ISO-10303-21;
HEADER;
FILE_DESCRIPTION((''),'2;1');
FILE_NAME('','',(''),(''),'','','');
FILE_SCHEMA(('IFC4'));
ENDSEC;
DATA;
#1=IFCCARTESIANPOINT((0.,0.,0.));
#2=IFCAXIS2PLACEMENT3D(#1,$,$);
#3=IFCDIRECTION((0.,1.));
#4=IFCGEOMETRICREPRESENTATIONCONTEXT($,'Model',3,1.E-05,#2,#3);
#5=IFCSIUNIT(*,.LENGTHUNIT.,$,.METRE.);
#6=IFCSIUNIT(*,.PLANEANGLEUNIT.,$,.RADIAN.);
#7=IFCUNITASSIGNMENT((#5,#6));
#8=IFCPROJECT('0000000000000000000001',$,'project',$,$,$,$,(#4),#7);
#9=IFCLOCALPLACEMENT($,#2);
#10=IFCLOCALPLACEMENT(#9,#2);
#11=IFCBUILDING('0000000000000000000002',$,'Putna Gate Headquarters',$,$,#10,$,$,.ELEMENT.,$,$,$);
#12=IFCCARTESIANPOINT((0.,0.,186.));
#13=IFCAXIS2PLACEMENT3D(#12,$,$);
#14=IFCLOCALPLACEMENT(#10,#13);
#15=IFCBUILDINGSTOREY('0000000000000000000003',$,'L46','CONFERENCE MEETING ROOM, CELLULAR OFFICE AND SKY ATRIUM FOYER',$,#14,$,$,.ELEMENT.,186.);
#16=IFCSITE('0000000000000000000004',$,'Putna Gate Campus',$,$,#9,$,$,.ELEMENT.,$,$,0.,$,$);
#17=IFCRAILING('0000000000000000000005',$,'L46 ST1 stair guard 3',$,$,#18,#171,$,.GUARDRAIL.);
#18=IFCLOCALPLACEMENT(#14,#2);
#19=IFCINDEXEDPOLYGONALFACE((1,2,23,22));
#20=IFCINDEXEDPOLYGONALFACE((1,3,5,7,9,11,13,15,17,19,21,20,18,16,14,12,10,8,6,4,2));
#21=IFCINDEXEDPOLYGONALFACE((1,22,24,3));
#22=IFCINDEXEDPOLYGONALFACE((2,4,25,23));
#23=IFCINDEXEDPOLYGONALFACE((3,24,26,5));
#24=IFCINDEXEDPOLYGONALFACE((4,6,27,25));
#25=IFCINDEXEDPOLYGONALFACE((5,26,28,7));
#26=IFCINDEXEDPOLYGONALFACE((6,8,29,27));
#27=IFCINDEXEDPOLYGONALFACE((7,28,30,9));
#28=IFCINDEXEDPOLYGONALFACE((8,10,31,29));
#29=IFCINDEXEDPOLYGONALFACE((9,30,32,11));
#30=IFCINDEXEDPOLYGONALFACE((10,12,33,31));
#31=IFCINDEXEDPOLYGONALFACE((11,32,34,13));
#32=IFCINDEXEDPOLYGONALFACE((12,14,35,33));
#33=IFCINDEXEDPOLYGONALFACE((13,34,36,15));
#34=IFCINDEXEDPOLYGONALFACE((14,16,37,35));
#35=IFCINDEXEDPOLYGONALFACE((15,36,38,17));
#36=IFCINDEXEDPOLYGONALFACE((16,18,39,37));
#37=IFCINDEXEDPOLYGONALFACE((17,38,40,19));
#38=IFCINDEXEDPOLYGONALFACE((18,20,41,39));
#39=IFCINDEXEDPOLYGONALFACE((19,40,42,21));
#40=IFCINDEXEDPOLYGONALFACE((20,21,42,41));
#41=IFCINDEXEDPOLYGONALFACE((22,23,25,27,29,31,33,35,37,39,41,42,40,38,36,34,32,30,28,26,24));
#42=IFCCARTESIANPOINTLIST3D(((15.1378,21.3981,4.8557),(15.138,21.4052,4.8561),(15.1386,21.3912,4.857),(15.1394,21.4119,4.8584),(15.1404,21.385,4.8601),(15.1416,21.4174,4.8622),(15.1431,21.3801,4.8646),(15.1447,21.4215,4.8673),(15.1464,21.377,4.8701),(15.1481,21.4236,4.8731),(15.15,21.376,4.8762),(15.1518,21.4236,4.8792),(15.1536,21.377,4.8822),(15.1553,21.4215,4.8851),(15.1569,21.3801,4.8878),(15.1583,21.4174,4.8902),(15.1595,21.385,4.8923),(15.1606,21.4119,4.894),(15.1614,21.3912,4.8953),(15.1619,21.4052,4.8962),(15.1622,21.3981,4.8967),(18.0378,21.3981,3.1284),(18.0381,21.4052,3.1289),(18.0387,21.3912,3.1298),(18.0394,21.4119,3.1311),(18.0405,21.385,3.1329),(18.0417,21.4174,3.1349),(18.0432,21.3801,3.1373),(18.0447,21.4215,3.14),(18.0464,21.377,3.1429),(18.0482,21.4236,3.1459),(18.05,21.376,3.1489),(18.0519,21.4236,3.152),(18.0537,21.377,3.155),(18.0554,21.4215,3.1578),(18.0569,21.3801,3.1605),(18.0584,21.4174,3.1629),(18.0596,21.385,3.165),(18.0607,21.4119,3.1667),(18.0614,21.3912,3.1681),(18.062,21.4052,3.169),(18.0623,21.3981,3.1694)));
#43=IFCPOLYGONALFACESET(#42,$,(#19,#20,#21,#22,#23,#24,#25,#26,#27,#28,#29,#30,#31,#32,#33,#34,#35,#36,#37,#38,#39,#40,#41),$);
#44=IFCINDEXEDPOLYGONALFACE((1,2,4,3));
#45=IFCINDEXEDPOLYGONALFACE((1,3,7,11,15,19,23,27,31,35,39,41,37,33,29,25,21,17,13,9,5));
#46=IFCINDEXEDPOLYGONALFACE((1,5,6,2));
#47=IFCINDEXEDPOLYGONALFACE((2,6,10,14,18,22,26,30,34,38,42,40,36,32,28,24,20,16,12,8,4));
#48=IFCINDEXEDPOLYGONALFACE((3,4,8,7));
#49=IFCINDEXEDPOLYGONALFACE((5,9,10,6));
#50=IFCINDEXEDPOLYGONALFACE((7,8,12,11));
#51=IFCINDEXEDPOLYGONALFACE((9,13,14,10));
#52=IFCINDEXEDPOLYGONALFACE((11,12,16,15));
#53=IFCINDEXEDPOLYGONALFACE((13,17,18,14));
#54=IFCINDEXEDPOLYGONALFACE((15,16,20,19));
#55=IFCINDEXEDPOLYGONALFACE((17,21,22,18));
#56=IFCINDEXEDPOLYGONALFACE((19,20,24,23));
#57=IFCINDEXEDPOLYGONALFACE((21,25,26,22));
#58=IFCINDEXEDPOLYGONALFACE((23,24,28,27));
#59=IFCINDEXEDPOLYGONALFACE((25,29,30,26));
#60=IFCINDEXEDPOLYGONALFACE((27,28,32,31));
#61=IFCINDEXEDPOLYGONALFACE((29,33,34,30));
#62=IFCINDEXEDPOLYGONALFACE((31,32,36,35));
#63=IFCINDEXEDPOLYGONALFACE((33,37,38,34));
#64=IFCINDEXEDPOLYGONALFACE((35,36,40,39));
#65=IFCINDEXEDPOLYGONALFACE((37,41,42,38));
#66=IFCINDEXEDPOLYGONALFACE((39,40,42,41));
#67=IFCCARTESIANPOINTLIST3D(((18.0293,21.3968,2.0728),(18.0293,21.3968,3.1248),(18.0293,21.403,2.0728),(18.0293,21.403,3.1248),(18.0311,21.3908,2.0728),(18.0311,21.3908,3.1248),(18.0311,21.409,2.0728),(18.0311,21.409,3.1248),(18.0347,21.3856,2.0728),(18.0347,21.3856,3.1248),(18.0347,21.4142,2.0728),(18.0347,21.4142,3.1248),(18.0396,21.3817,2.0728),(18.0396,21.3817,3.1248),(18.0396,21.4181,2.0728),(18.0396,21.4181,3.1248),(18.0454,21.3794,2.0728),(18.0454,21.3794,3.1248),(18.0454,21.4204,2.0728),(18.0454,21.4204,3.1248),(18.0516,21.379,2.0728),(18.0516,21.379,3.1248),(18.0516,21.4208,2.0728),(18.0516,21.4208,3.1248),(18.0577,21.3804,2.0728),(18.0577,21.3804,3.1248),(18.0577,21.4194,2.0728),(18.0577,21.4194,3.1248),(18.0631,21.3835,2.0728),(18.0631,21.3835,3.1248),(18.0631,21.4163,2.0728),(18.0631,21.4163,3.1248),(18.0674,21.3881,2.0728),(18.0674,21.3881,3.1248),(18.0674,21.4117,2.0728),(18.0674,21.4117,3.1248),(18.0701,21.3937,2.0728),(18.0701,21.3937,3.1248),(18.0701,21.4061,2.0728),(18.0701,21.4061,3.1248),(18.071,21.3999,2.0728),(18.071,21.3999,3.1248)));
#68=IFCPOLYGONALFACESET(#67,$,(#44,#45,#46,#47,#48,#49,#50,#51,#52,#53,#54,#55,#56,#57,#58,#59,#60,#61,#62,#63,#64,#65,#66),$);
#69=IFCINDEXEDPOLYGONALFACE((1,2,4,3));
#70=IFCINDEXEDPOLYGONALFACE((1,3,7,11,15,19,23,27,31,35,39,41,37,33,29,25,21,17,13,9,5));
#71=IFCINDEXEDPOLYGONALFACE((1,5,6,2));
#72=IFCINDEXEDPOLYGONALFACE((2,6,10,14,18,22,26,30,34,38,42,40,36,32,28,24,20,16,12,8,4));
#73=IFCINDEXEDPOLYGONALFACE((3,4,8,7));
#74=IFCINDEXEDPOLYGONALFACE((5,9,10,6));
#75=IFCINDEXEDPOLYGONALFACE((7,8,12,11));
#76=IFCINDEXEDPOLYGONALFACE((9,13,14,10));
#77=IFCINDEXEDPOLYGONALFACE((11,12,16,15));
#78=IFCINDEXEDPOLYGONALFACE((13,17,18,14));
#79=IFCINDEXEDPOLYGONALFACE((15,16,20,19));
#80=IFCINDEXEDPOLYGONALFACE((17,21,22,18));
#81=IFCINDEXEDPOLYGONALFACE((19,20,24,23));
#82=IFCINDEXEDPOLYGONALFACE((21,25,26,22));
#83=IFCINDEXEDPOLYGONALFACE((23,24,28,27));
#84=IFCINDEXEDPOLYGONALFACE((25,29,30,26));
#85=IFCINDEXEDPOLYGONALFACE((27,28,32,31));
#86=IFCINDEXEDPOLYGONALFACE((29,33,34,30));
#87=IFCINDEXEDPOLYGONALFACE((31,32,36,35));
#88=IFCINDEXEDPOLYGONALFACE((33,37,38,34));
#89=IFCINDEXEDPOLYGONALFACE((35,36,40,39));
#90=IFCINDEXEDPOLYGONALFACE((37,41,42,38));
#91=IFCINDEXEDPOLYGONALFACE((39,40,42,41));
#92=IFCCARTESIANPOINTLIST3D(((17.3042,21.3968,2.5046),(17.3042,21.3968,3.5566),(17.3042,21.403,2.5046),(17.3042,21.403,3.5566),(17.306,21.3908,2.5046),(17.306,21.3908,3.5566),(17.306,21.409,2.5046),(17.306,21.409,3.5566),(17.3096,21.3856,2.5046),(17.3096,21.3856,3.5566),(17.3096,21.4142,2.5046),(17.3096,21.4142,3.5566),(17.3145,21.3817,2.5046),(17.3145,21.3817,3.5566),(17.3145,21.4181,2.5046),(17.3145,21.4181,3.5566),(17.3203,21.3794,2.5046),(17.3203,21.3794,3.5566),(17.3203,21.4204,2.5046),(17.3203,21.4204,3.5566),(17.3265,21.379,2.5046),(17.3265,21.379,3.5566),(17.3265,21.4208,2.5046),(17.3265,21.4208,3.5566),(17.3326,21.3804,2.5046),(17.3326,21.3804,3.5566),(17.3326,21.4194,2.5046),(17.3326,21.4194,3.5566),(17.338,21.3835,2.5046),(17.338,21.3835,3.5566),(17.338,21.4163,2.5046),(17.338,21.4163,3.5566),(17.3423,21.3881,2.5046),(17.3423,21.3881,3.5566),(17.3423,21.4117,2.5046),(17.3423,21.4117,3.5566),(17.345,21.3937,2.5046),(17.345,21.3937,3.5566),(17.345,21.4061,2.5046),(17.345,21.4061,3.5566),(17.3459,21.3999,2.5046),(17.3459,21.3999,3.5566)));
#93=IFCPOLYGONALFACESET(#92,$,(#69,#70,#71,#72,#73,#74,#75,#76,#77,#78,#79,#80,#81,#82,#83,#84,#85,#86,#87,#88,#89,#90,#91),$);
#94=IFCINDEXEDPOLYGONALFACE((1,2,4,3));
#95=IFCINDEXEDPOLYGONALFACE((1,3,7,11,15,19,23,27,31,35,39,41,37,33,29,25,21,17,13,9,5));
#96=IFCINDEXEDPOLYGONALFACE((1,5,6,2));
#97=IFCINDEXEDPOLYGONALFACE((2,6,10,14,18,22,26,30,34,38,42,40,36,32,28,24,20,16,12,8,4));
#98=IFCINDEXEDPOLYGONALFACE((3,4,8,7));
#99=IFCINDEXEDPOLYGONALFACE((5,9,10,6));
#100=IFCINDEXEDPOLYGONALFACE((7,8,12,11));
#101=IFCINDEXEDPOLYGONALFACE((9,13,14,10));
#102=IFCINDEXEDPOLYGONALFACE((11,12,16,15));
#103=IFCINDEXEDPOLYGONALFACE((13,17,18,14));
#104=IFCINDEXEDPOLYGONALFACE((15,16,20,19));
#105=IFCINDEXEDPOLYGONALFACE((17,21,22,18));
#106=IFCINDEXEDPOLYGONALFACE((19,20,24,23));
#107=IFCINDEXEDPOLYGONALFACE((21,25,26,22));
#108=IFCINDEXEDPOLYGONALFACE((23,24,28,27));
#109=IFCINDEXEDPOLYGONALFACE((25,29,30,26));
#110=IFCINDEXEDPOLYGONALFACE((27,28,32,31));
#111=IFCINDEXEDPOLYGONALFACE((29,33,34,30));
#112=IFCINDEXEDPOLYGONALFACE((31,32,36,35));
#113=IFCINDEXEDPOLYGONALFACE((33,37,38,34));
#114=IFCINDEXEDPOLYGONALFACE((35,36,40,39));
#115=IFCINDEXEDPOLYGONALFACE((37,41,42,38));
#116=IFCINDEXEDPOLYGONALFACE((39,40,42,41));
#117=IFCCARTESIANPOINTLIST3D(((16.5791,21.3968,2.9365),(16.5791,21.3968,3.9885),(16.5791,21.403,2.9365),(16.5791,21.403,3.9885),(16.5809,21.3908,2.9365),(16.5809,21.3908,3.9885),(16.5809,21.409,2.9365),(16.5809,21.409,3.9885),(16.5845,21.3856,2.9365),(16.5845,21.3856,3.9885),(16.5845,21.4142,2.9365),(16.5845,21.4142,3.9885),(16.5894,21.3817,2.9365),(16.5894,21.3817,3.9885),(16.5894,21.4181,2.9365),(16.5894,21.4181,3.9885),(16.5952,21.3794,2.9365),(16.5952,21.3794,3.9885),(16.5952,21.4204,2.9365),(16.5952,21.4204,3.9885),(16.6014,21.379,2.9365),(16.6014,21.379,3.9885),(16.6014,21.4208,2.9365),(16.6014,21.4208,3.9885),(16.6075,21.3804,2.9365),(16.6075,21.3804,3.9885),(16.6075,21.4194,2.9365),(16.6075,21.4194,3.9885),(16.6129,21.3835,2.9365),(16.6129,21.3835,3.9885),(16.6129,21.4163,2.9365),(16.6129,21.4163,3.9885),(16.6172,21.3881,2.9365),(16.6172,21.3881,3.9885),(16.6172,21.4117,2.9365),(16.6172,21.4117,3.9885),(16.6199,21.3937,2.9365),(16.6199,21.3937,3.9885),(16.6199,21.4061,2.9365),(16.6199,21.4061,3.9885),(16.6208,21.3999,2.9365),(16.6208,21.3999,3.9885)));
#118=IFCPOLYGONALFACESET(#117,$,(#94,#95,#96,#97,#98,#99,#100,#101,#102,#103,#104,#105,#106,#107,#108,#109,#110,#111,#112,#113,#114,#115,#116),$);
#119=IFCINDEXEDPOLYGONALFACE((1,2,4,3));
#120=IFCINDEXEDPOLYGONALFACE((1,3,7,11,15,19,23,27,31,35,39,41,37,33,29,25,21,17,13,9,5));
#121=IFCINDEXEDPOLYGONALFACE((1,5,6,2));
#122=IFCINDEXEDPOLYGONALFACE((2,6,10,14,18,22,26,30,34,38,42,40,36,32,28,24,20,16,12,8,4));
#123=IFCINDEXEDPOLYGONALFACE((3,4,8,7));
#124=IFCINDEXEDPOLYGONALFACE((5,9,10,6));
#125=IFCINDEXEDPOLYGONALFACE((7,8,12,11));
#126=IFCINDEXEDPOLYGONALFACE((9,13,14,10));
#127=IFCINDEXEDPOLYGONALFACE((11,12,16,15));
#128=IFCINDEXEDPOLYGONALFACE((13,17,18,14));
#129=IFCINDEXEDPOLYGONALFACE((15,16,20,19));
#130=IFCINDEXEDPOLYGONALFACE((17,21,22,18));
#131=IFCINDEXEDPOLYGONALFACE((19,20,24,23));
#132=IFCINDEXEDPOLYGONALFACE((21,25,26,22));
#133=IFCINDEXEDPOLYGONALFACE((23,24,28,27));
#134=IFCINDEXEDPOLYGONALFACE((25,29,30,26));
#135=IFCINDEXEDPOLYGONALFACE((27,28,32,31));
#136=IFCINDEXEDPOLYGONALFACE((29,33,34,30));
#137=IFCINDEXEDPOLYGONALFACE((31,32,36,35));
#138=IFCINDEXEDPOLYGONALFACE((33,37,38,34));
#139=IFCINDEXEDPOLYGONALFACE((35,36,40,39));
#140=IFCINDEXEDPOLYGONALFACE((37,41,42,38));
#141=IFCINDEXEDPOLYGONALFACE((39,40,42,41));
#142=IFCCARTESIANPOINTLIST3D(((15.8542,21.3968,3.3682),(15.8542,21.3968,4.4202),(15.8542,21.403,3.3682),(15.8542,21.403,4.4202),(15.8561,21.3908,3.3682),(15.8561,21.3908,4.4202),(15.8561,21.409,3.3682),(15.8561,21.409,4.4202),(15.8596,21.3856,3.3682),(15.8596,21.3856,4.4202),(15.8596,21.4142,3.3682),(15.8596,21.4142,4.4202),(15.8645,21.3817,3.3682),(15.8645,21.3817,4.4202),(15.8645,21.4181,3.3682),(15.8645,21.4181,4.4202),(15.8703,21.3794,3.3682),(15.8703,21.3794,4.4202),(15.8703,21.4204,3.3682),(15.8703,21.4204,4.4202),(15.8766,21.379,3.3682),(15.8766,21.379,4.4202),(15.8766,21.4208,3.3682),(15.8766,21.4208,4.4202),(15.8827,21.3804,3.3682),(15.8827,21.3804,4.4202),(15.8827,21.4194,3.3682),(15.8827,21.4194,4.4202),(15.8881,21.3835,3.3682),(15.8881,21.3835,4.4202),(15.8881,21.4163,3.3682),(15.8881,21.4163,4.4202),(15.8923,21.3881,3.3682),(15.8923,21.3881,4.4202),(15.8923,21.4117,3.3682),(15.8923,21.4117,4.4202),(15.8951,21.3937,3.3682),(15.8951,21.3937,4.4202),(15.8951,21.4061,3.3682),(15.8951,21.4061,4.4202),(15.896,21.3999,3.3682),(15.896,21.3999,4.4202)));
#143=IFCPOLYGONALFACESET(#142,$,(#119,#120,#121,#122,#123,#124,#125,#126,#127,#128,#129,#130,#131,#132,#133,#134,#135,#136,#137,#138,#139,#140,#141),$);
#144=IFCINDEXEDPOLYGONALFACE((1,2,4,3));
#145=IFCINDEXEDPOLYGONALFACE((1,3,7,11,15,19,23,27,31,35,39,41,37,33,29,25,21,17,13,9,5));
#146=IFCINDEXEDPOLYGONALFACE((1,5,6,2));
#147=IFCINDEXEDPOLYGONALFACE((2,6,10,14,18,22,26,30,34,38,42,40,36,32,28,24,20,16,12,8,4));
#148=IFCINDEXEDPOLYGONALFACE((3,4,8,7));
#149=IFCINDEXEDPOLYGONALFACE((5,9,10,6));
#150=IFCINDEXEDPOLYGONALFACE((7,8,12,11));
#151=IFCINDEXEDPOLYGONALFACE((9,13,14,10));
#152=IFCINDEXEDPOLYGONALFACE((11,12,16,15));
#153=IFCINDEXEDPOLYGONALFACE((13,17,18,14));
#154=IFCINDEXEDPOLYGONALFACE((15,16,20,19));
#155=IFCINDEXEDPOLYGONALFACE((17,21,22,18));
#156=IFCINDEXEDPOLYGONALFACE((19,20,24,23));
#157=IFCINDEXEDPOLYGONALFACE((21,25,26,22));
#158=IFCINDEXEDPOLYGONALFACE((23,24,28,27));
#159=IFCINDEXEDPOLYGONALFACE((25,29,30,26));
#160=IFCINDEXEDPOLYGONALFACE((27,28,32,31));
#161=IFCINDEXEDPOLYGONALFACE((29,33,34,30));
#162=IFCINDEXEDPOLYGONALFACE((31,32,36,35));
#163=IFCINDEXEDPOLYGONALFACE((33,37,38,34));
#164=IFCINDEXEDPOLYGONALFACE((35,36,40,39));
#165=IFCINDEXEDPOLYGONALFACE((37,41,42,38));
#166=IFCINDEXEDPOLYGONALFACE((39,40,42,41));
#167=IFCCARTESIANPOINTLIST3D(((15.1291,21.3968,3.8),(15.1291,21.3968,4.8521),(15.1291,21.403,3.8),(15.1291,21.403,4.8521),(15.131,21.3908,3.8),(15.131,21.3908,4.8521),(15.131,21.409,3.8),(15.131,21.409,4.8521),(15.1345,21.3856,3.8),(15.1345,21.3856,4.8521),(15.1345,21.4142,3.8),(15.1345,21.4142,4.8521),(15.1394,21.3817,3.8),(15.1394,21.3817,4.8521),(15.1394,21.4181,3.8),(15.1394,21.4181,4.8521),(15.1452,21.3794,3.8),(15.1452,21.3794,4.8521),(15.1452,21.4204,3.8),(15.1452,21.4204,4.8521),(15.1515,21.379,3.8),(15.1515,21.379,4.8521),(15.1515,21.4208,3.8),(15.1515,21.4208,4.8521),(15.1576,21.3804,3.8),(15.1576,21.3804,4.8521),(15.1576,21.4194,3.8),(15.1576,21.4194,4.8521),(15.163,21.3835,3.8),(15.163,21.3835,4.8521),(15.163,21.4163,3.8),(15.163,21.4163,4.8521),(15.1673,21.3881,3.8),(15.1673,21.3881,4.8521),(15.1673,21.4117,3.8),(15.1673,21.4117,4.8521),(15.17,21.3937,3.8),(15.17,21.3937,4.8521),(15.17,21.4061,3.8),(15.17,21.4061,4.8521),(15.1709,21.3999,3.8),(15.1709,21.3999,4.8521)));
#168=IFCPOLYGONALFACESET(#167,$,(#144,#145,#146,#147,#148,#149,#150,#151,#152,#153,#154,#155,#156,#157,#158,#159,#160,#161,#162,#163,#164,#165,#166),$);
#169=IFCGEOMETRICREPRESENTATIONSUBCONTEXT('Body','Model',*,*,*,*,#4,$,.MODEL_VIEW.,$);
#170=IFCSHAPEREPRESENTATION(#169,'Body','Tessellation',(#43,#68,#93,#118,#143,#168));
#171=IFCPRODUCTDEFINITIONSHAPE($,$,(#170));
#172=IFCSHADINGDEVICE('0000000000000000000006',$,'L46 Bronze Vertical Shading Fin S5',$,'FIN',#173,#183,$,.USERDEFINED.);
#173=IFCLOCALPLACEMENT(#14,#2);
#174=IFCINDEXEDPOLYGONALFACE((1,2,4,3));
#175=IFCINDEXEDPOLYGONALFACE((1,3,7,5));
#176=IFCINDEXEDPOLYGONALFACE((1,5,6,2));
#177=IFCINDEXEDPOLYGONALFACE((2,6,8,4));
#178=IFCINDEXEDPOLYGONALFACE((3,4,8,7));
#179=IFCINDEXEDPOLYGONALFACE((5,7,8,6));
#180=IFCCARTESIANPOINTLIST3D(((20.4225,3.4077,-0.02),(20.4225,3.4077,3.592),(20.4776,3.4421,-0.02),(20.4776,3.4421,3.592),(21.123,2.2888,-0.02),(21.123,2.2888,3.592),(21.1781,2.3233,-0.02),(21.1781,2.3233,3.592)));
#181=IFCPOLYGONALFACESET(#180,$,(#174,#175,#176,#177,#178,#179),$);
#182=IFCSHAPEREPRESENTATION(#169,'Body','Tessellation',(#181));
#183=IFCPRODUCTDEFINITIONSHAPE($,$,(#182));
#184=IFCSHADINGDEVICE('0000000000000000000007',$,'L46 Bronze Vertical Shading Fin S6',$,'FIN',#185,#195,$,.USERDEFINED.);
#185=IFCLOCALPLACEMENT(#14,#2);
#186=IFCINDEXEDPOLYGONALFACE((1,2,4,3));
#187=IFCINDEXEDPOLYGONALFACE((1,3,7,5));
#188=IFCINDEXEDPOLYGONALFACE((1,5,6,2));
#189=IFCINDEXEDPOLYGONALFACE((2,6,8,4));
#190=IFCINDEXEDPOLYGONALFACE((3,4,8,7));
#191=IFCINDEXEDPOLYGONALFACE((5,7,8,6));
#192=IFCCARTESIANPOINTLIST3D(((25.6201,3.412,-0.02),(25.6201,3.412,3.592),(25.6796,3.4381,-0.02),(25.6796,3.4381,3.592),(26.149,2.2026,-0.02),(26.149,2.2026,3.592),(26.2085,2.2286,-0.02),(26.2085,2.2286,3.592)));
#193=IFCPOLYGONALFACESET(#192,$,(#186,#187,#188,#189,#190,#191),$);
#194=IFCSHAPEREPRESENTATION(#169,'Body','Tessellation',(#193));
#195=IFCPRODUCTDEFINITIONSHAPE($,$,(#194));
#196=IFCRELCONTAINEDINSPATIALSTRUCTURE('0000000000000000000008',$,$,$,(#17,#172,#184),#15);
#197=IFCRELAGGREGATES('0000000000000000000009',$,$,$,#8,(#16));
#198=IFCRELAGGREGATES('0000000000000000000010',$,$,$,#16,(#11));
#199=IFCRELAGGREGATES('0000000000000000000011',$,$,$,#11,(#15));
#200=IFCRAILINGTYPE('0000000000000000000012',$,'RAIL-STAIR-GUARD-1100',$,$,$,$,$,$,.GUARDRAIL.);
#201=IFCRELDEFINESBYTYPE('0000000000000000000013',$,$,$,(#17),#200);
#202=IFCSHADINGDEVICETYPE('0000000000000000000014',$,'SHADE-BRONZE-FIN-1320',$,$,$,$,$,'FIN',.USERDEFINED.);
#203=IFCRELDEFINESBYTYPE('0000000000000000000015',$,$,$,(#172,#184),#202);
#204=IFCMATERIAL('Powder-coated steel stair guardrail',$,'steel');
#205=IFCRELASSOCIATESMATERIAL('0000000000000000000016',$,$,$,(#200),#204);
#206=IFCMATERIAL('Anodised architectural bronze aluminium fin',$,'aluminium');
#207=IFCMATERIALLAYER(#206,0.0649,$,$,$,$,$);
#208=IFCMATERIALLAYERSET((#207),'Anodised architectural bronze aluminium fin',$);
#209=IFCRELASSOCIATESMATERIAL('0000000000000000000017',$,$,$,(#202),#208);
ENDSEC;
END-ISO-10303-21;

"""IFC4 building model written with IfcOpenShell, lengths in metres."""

from ifc_helpers import new_model, si_unit, direction, frame, origin, origin_2d, place, context, subcontext, project, spatial, rectangle, circle, extrude, material, layer, layer_set, type_object, element, save


model = new_model("IFC4")

# Units and contexts
model_context = context("Model", 3, precision=1e-05, world=origin(), true_north=direction((0.0, 1.0)))
body_context = subcontext(model_context, "Body", "Model", "MODEL_VIEW")
ifc_project = project(units=[si_unit("LENGTHUNIT", "METRE"), si_unit("PLANEANGLEUNIT", "RADIAN")], contexts=[model_context])

# Site, building, storey
site_placement = place(None, origin())
site = spatial("IfcSite", under=ifc_project, at=site_placement, Name="Putna Gate Campus", CompositionType="ELEMENT", RefElevation=0.0)
building_placement = place(site_placement, origin())
building = spatial("IfcBuilding", under=site, at=building_placement, Name="Putna Gate Headquarters", CompositionType="ELEMENT")
storey_placement = place(building_placement, frame((0.0, 0.0, 186.0)))
storey = spatial("IfcBuildingStorey", under=building, at=storey_placement, Name="L46", Description="CONFERENCE MEETING ROOM, CELLULAR OFFICE AND SKY ATRIUM FOYER", CompositionType="ELEMENT", Elevation=186.0)

# Railing
ifc_material_1 = material(Name="Powder-coated steel stair guardrail", Category="steel")
railing_type = type_object("IfcRailingType", Name="RAIL-STAIR-GUARD-1100", PredefinedType="GUARDRAIL", material=ifc_material_1)
railing_1_placement = place(storey_placement, frame((18.05, 21.3999, 2.0728)))
element("IfcRailing", 1, at=railing_1_placement, inside=storey, type_object=railing_type, Name="L46 ST1 stair guard 3", PredefinedType="GUARDRAIL", context=body_context, shape_type="SweptSolid", body=[
    extrude(circle(Radius=0.0239, at=origin_2d()), frame((0.0, 0.0, 1.0762), z_axis=(-0.85916, 0.0, 0.511706), x_axis=(0.0, -1.0, 0.0)), (0.0, 0.0, 1.0), 3.3755),
    extrude(circle(Radius=0.021, at=origin_2d()), origin(), (0.0, 0.0, 1.0), 1.052),
    extrude(circle(Radius=0.021, at=origin_2d()), frame((-0.7251, 0.0, 0.4319)), (0.0, 0.0, 1.0), 1.052),
    extrude(circle(Radius=0.021, at=origin_2d()), frame((-1.4502, 0.0, 0.8638)), (0.0, 0.0, 1.0), 1.052),
    extrude(circle(Radius=0.021, at=origin_2d()), frame((-2.175, 0.0, 1.2954)), (0.0, 0.0, 1.0), 1.052),
    extrude(circle(Radius=0.021, at=origin_2d()), frame((-2.9001, 0.0, 1.7273)), (0.0, 0.0, 1.0), 1.052),
])

# Shading devices
ifc_material_2 = material(Name="Anodised architectural bronze aluminium fin", Category="aluminium")
ifc_layer_1 = layer(ifc_material_2, 0.0649)
ifc_layer_set_1 = layer_set([ifc_layer_1], Name="Anodised architectural bronze aluminium fin")
shading_device_type = type_object("IfcShadingDeviceType", Name="SHADE-BRONZE-FIN-1320", ElementType="FIN", PredefinedType="USERDEFINED", material=ifc_layer_set_1)
for number, where, z_axis, x_axis, name in (
    (2, (20.8003, 2.8655, -0.02), (0.0, 0.0, 1.0), (0.530659, -0.847585, 0.0), "L46 Bronze Vertical Shading Fin S5"),
    (3, (25.9143, 2.8203, -0.02), (0.0, 0.0, 1.0), (0.400669, -0.916223, 0.0), "L46 Bronze Vertical Shading Fin S6"),
):
    element("IfcShadingDevice", number, at=place(storey_placement, frame(where, z_axis=z_axis, x_axis=x_axis)), inside=storey, type_object=shading_device_type, Name=name, ObjectType="FIN", PredefinedType="USERDEFINED", context=body_context, shape_type="SweptSolid", body=[
        extrude(rectangle(XDim=1.3201, YDim=0.0649, at=origin_2d()), origin(), (0.0, 0.0, 1.0), 3.6121),
    ])

save(model, "model.ifc")
